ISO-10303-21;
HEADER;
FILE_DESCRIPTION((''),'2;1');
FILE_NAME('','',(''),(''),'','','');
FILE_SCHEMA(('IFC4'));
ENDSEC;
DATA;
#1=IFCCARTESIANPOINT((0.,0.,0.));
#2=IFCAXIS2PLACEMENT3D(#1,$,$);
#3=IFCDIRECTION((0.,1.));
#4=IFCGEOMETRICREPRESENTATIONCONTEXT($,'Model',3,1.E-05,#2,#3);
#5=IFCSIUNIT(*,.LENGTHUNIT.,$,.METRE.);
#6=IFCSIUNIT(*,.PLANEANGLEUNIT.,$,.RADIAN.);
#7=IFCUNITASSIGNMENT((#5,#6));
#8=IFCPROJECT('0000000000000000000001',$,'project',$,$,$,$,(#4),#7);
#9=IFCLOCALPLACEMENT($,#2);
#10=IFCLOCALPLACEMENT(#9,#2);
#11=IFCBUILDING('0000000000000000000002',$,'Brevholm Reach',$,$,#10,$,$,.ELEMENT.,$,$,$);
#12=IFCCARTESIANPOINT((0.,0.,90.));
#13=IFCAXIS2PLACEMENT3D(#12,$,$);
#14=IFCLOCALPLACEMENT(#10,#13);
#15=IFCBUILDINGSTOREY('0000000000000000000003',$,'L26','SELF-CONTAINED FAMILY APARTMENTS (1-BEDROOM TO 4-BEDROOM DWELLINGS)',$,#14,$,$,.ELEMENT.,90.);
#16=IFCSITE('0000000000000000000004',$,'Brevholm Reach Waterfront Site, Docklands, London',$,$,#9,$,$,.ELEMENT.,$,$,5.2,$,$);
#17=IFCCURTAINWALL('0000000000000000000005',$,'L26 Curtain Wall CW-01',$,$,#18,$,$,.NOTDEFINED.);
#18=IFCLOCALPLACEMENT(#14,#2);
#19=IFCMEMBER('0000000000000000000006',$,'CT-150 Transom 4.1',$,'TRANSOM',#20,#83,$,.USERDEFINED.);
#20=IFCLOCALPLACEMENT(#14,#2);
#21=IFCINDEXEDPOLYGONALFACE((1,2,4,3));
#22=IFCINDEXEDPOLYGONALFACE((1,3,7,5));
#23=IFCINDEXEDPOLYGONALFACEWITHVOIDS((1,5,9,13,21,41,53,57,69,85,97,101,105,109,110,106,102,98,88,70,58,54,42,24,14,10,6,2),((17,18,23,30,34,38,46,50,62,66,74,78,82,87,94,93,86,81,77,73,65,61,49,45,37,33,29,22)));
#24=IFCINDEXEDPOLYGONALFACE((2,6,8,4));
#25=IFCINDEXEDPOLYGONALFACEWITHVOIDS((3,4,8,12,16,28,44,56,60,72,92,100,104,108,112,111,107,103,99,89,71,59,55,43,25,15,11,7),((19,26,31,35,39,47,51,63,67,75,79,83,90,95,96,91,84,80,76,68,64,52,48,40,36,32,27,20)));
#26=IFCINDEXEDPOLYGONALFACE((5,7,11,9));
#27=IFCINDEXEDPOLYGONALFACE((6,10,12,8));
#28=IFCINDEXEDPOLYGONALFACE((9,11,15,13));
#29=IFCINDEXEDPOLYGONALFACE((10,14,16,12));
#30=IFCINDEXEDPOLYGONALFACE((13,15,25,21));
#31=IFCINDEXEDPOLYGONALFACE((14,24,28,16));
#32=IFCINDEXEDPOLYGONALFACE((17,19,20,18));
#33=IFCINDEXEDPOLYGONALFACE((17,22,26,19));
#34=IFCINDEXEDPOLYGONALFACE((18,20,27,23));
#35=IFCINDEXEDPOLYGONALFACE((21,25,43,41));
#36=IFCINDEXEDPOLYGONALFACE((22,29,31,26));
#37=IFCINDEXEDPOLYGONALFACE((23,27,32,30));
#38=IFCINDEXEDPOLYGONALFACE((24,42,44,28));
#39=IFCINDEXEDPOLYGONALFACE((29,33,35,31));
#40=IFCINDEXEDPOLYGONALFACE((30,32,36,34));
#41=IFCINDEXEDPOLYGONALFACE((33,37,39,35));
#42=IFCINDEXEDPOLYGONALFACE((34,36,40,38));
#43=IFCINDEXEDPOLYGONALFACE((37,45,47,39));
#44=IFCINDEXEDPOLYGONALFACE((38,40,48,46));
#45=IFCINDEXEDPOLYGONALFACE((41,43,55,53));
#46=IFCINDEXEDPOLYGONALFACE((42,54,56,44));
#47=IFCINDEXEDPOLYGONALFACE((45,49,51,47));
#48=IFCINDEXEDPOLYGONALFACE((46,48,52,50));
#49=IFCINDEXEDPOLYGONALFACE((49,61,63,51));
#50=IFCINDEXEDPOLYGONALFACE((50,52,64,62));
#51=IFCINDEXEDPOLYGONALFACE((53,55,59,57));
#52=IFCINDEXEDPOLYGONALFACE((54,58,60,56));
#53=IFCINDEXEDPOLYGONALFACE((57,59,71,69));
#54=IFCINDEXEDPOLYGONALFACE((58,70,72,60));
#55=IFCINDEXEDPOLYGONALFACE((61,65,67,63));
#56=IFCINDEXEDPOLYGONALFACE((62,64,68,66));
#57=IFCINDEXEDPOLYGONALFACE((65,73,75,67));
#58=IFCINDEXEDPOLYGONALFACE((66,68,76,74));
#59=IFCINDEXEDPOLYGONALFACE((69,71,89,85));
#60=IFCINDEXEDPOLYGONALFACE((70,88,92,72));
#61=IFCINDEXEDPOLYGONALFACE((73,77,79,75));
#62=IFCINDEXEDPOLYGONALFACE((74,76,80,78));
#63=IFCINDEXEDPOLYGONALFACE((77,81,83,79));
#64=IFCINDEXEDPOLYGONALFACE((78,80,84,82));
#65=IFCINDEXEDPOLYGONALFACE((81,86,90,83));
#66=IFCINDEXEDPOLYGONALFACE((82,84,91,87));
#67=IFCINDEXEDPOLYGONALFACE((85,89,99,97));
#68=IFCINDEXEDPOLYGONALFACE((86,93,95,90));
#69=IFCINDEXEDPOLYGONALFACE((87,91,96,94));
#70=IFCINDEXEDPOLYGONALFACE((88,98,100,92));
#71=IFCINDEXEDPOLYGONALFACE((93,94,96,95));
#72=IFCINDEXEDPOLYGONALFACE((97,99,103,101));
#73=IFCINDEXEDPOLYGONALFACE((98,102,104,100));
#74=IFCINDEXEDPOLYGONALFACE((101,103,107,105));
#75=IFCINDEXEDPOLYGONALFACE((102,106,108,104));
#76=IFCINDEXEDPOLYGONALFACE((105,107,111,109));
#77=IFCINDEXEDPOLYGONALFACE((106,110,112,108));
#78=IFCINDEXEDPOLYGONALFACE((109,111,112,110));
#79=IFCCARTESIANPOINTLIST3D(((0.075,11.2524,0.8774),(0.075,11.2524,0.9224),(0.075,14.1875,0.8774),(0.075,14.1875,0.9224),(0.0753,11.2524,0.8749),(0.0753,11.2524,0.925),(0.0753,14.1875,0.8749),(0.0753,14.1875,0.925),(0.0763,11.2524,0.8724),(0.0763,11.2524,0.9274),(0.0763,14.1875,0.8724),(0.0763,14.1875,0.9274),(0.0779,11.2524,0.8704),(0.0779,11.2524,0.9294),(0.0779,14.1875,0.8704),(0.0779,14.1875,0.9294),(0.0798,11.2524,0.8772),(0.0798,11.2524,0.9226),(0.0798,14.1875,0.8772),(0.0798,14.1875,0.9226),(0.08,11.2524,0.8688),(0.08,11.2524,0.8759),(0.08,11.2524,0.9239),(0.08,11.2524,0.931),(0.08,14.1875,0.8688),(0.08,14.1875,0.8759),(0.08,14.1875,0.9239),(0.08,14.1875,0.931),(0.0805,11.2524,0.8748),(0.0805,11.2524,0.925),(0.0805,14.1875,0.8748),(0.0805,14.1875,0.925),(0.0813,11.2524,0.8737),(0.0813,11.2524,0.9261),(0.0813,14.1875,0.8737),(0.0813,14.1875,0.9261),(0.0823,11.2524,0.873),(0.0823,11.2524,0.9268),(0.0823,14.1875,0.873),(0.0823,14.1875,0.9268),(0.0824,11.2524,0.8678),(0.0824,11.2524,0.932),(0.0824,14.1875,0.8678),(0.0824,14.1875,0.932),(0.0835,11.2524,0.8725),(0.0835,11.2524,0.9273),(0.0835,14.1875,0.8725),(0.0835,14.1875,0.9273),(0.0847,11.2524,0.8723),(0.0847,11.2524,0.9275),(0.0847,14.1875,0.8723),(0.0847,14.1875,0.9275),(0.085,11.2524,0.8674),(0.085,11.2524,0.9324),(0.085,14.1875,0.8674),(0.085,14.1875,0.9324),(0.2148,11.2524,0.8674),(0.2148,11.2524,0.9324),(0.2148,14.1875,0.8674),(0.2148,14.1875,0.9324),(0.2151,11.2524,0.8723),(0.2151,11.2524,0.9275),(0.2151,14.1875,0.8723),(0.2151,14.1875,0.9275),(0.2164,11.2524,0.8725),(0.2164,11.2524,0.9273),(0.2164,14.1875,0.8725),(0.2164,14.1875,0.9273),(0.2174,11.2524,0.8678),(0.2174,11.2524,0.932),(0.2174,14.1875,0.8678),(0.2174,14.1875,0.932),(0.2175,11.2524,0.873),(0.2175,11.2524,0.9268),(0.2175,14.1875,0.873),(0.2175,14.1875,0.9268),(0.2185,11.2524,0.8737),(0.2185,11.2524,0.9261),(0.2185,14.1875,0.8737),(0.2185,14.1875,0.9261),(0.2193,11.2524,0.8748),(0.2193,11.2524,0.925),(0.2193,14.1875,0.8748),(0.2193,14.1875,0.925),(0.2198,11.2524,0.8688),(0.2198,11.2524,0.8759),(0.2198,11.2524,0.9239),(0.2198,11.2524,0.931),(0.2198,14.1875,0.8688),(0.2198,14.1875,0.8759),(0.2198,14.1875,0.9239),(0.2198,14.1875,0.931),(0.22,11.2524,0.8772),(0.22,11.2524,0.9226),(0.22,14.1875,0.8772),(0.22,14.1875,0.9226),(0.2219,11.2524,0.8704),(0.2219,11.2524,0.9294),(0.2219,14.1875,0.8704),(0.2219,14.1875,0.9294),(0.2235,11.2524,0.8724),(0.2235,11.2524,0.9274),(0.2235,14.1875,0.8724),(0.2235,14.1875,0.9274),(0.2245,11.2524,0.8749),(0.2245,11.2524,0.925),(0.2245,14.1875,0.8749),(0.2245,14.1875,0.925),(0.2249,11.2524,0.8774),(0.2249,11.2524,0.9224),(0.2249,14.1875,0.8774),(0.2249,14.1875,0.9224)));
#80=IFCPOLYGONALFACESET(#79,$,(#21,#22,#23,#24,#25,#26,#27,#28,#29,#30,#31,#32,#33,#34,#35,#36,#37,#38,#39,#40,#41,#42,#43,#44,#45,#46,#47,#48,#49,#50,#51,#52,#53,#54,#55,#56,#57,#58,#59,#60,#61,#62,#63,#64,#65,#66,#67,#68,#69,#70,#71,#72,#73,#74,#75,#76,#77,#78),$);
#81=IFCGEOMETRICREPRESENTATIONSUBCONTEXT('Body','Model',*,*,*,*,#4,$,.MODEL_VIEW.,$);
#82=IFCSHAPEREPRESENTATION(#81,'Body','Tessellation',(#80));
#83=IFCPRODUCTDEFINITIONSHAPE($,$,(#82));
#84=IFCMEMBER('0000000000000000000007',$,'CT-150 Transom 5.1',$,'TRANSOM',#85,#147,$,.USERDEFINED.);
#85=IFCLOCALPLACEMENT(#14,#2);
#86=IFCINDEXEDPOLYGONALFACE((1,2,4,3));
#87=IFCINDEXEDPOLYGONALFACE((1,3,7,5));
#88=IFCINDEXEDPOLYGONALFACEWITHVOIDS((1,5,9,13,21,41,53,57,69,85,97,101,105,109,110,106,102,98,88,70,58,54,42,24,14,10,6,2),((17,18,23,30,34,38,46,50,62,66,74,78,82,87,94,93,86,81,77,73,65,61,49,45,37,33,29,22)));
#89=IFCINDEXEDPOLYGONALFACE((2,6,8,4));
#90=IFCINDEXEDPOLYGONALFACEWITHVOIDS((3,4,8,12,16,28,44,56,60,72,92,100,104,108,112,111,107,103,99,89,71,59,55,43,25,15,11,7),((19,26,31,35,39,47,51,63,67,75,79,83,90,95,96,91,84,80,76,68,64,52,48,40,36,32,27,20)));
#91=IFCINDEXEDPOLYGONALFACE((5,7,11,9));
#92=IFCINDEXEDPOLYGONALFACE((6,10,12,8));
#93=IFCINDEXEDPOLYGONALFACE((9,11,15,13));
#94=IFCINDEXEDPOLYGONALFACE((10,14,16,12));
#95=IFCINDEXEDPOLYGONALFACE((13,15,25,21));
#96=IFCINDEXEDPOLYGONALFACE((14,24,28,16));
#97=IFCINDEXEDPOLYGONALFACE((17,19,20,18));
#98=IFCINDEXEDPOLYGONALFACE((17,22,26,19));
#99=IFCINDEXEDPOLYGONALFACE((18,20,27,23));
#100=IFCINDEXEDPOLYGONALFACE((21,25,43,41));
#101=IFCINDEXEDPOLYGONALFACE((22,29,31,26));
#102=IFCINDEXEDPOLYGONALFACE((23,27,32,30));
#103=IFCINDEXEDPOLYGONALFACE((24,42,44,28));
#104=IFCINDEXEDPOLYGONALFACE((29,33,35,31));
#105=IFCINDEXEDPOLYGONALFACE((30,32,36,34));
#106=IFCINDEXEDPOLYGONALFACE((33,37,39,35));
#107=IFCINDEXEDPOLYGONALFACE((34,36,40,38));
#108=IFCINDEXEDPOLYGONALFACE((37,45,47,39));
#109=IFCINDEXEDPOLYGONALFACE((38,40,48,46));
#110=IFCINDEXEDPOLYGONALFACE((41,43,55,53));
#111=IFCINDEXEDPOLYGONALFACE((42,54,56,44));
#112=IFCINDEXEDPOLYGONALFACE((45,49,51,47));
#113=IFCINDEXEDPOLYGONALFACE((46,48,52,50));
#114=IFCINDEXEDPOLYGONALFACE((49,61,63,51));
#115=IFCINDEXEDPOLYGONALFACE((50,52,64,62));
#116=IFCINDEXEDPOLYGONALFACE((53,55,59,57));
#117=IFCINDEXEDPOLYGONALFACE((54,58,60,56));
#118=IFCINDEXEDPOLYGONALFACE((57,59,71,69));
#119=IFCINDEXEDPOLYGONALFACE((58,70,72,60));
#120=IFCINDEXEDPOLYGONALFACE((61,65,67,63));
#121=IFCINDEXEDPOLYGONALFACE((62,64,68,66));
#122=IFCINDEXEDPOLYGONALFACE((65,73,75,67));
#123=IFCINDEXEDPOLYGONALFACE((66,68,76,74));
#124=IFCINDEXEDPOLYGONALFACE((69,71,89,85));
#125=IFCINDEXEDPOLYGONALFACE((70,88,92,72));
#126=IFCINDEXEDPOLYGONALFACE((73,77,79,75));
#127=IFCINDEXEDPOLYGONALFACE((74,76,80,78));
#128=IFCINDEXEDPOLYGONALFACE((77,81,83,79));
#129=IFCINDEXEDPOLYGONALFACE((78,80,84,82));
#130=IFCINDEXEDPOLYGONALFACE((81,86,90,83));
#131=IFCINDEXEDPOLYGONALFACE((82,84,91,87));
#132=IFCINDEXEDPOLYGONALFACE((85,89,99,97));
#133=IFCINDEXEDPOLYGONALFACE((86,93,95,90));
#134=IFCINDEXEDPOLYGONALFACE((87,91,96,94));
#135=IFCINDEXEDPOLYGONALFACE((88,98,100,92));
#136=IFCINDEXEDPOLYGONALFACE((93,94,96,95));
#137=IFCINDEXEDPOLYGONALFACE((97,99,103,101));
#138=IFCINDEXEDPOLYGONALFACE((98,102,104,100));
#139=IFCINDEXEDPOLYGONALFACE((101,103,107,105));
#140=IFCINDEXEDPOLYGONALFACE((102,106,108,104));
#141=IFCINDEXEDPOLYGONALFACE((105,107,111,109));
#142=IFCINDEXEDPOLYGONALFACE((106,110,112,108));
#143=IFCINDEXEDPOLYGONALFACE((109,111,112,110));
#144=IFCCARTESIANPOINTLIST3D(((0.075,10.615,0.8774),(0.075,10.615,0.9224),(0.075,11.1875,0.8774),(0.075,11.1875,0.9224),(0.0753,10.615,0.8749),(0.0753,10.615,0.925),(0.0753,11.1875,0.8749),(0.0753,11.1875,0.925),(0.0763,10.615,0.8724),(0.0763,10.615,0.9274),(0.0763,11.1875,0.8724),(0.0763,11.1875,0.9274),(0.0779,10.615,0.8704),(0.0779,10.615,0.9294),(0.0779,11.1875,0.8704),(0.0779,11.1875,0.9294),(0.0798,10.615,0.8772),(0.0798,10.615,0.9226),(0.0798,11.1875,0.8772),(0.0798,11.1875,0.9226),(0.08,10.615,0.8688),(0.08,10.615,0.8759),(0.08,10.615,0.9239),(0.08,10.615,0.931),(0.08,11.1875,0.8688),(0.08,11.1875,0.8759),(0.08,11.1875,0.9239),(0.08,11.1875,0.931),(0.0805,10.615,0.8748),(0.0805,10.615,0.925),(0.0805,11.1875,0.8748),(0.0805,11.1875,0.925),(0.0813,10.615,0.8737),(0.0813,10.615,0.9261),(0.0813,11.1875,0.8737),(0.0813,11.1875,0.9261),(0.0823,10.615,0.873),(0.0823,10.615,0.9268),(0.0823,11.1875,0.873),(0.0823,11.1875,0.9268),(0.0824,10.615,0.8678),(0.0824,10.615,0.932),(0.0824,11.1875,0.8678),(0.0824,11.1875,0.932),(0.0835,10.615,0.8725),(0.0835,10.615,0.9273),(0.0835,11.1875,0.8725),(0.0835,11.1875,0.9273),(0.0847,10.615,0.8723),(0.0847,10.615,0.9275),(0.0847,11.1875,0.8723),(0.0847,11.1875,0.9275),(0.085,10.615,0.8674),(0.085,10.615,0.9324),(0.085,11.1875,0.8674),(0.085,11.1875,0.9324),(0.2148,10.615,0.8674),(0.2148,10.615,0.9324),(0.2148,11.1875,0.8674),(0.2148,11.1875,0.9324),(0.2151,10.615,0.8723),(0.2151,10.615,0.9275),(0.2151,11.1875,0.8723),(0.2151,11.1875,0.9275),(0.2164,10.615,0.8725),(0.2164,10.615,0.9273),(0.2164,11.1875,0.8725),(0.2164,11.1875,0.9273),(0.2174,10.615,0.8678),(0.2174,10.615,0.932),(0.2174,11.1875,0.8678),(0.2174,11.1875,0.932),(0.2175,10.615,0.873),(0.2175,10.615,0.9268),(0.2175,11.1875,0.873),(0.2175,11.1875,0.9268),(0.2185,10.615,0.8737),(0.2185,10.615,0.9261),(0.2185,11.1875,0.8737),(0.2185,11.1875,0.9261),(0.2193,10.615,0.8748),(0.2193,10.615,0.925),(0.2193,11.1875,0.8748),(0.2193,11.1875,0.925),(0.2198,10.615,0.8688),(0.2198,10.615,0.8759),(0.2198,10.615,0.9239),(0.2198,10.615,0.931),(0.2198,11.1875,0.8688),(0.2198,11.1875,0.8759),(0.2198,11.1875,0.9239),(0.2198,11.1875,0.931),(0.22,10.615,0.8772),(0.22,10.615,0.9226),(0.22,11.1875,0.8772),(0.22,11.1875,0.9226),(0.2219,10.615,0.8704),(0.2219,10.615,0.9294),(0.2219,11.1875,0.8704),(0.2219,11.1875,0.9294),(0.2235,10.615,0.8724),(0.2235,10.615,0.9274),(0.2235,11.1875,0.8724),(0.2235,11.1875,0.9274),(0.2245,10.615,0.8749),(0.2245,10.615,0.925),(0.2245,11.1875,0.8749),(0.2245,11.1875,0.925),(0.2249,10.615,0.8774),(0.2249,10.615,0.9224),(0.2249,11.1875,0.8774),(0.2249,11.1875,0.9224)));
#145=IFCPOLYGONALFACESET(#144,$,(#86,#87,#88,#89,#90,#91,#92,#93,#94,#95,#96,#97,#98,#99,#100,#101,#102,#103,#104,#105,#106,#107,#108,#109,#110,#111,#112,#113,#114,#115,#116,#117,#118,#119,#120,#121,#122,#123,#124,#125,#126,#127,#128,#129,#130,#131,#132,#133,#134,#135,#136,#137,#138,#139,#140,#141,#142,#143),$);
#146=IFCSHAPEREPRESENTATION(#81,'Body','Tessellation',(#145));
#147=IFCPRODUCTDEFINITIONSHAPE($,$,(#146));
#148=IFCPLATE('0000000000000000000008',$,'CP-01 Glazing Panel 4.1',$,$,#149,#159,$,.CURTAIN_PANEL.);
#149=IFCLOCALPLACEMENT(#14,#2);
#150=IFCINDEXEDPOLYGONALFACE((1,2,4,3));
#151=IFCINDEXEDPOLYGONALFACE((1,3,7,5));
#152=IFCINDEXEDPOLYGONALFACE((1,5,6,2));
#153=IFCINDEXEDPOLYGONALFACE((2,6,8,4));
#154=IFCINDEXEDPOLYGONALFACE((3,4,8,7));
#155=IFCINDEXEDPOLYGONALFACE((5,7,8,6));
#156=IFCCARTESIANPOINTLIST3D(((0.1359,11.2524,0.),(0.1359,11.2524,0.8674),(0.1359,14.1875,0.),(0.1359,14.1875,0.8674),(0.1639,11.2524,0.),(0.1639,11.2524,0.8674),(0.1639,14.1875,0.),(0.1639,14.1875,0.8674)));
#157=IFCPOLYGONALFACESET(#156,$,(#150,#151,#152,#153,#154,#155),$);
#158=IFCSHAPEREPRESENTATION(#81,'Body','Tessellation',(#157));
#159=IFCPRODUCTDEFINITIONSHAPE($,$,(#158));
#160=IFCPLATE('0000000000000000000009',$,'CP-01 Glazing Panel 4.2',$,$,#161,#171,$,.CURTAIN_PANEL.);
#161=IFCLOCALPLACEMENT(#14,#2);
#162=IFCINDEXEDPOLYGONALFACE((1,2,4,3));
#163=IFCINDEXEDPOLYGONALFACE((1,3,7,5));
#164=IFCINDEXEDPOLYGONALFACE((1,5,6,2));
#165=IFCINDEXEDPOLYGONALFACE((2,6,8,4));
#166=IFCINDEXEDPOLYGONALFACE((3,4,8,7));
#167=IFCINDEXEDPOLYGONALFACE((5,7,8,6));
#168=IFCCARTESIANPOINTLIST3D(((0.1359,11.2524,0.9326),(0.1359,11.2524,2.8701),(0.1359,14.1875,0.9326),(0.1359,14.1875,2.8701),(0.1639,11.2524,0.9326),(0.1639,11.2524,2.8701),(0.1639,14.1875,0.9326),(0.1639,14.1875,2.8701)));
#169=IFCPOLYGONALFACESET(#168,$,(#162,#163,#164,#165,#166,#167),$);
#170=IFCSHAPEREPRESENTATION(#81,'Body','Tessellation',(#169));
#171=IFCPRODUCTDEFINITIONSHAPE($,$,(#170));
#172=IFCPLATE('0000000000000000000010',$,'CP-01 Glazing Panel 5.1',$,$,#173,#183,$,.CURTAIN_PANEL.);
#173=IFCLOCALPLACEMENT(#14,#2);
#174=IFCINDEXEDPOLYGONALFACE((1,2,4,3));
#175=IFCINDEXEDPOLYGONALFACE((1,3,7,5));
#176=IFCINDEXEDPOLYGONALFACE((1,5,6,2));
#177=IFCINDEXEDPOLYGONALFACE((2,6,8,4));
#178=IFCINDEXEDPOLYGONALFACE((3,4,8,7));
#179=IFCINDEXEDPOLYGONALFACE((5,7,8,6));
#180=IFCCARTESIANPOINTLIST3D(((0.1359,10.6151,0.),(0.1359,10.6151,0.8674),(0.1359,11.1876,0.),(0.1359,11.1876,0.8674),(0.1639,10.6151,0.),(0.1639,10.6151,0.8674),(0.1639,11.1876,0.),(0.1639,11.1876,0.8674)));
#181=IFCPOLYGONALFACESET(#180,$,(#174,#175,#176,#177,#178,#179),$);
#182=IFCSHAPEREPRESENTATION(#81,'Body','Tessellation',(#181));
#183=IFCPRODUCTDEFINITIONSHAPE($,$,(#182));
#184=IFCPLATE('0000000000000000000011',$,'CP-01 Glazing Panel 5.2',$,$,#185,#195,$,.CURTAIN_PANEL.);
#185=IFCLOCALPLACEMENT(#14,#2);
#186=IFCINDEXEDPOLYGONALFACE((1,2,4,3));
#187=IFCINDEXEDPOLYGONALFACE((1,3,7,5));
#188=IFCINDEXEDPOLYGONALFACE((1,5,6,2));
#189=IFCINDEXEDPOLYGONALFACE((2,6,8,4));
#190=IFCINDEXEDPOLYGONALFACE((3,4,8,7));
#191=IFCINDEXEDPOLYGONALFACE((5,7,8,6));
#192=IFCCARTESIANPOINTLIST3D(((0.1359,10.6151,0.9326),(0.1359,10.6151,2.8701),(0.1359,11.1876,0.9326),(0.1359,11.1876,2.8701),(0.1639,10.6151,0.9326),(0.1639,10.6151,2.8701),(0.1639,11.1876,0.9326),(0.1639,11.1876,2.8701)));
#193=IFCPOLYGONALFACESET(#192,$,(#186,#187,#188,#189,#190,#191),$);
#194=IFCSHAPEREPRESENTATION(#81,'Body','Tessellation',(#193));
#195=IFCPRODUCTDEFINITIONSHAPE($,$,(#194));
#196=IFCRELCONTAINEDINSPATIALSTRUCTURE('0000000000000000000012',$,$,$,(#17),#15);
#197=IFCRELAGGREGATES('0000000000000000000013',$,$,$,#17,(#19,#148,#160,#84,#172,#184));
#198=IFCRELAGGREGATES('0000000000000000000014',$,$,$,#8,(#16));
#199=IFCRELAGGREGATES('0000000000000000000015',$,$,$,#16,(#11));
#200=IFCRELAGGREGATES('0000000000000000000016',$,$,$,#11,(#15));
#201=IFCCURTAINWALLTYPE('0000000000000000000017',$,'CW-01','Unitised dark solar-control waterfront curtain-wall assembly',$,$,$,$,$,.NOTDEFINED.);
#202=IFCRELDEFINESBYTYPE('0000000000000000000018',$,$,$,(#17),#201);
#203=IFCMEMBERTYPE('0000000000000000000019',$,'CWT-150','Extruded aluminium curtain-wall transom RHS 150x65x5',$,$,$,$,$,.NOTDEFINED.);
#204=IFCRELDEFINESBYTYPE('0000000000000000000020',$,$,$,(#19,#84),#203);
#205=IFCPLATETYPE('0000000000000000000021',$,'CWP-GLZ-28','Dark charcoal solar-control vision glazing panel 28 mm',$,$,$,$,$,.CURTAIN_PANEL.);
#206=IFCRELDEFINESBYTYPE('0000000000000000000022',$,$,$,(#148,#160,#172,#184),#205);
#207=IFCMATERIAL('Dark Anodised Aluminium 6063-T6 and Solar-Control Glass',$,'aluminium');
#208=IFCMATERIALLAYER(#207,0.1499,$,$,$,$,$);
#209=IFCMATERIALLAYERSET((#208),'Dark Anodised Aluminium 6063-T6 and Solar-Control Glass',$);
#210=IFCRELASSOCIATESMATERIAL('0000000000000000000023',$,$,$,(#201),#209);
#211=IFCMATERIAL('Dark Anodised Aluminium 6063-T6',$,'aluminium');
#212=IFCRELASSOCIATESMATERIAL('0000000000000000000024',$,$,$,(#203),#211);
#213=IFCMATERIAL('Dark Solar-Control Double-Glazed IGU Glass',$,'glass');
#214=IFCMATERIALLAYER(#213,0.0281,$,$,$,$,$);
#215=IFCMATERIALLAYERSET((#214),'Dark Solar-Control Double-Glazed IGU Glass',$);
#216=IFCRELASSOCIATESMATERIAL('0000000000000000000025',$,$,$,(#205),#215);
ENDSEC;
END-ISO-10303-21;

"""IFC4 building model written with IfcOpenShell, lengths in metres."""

from ifc_helpers import new_model, si_unit, direction, frame, origin, origin_2d, place, context, subcontext, project, spatial, rectangle, hollow_rectangle, extrude, material, layer, layer_set, material_profile, profile_set, type_object, element, aggregate, save


model = new_model("IFC4")

# Units and contexts
model_context = context("Model", 3, precision=1e-05, world=origin(), true_north=direction((0.0, 1.0)))
body_context = subcontext(model_context, "Body", "Model", "MODEL_VIEW")
ifc_project = project(units=[si_unit("LENGTHUNIT", "METRE"), si_unit("PLANEANGLEUNIT", "RADIAN")], contexts=[model_context])

# Site, building, storey
site_placement = place(None, origin())
site = spatial("IfcSite", under=ifc_project, at=site_placement, Name="Brevholm Reach Waterfront Site, Docklands, London", CompositionType="ELEMENT", RefElevation=5.2)
building_placement = place(site_placement, origin())
building = spatial("IfcBuilding", under=site, at=building_placement, Name="Brevholm Reach", CompositionType="ELEMENT")
storey_placement = place(building_placement, frame((0.0, 0.0, 90.0)))
storey = spatial("IfcBuildingStorey", under=building, at=storey_placement, Name="L26", Description="SELF-CONTAINED FAMILY APARTMENTS (1-BEDROOM TO 4-BEDROOM DWELLINGS)", CompositionType="ELEMENT", Elevation=90.0)

# Curtain wall, members, plates
ifc_material_1 = material(Name="Dark Anodised Aluminium 6063-T6 and Solar-Control Glass", Category="aluminium")
ifc_layer_1 = layer(ifc_material_1, 0.1499)
ifc_layer_set_1 = layer_set([ifc_layer_1], Name="Dark Anodised Aluminium 6063-T6 and Solar-Control Glass")
curtain_wall_type = type_object("IfcCurtainWallType", Name="CW-01", Description="Unitised dark solar-control waterfront curtain-wall assembly", PredefinedType="NOTDEFINED", material=ifc_layer_set_1)
curtain_wall_placement = place(storey_placement, origin())
curtain_wall = element("IfcCurtainWall", 1, at=curtain_wall_placement, inside=storey, type_object=curtain_wall_type, Name="L26 Curtain Wall CW-01", PredefinedType="NOTDEFINED")
ifc_material_2 = material(Name="Dark Anodised Aluminium 6063-T6", Category="aluminium")
ifc_material_profile_1 = material_profile(ifc_material_2, hollow_rectangle(XDim=0.0649, YDim=0.1499, WallThickness=0.0049, InnerFilletRadius=0.0049, OuterFilletRadius=0.01, at=origin_2d()), Name="RHS 150x65x5")
ifc_profile_set_1 = profile_set([ifc_material_profile_1], Name="Dark Anodised Aluminium 6063-T6")
member_type_1 = type_object("IfcMemberType", Name="CWT-150", Description="Extruded aluminium curtain-wall transom RHS 150x65x5", PredefinedType="NOTDEFINED", material=ifc_profile_set_1)
member_1_placement = place(storey_placement, frame((0.1499, 14.1875, 0.8999), z_axis=(0.0, -1.0, 0.0), x_axis=(0.0, 0.0, 1.0)))
member_1 = element("IfcMember", 2, at=member_1_placement, type_object=member_type_1, Name="CT-150 Transom 4.1", ObjectType="TRANSOM", PredefinedType="USERDEFINED", context=body_context, shape_type="SweptSolid", body=[
    extrude(hollow_rectangle(XDim=0.0649, YDim=0.1499, WallThickness=0.0049, InnerFilletRadius=0.0049, OuterFilletRadius=0.01, at=origin_2d()), origin(), (0.0, 0.0, 1.0), 2.9351),
])
member_2_placement = place(storey_placement, frame((0.1499, 11.1875, 0.8999), z_axis=(0.0, -1.0, 0.0), x_axis=(0.0, 0.0, 1.0)))
member_2 = element("IfcMember", 3, at=member_2_placement, type_object=member_type_1, Name="CT-150 Transom 5.1", ObjectType="TRANSOM", PredefinedType="USERDEFINED", context=body_context, shape_type="SweptSolid", body=[
    extrude(hollow_rectangle(XDim=0.0649, YDim=0.1499, WallThickness=0.0049, InnerFilletRadius=0.0049, OuterFilletRadius=0.01, at=origin_2d()), origin(), (0.0, 0.0, 1.0), 0.5725),
])
ifc_material_3 = material(Name="Dark Solar-Control Double-Glazed IGU Glass", Category="glass")
ifc_layer_2 = layer(ifc_material_3, 0.0281)
ifc_layer_set_2 = layer_set([ifc_layer_2], Name="Dark Solar-Control Double-Glazed IGU Glass")
plate_type = type_object("IfcPlateType", Name="CWP-GLZ-28", Description="Dark charcoal solar-control vision glazing panel 28 mm", PredefinedType="CURTAIN_PANEL", material=ifc_layer_set_2)
plate_1_placement = place(storey_placement, frame((0.1499, 12.72, 0.0), z_axis=(0.0, 0.0, 1.0), x_axis=(0.0, -1.0, 0.0)))
plate_1 = element("IfcPlate", 4, at=plate_1_placement, type_object=plate_type, Name="CP-01 Glazing Panel 4.1", PredefinedType="CURTAIN_PANEL", context=body_context, shape_type="SweptSolid", body=[
    extrude(rectangle(XDim=2.9351, YDim=0.0281, at=origin_2d()), origin(), (0.0, 0.0, 1.0), 0.8674),
])
plate_2_placement = place(storey_placement, frame((0.1499, 12.72, 0.9326), z_axis=(0.0, 0.0, 1.0), x_axis=(0.0, -1.0, 0.0)))
plate_2 = element("IfcPlate", 5, at=plate_2_placement, type_object=plate_type, Name="CP-01 Glazing Panel 4.2", PredefinedType="CURTAIN_PANEL", context=body_context, shape_type="SweptSolid", body=[
    extrude(rectangle(XDim=2.9351, YDim=0.0281, at=origin_2d()), origin(), (0.0, 0.0, 1.0), 1.9375),
])
plate_3_placement = place(storey_placement, frame((0.1499, 10.9014, 0.0), z_axis=(0.0, 0.0, 1.0), x_axis=(0.0, -1.0, 0.0)))
plate_3 = element("IfcPlate", 6, at=plate_3_placement, type_object=plate_type, Name="CP-01 Glazing Panel 5.1", PredefinedType="CURTAIN_PANEL", context=body_context, shape_type="SweptSolid", body=[
    extrude(rectangle(XDim=0.5725, YDim=0.0281, at=origin_2d()), origin(), (0.0, 0.0, 1.0), 0.8674),
])
plate_4_placement = place(storey_placement, frame((0.1499, 10.9014, 0.9326), z_axis=(0.0, 0.0, 1.0), x_axis=(0.0, -1.0, 0.0)))
plate_4 = element("IfcPlate", 7, at=plate_4_placement, type_object=plate_type, Name="CP-01 Glazing Panel 5.2", PredefinedType="CURTAIN_PANEL", context=body_context, shape_type="SweptSolid", body=[
    extrude(rectangle(XDim=0.5725, YDim=0.0281, at=origin_2d()), origin(), (0.0, 0.0, 1.0), 1.9375),
])
aggregate(curtain_wall, [member_1, plate_1, plate_2, member_2, plate_3, plate_4])

save(model, "model.ifc")
